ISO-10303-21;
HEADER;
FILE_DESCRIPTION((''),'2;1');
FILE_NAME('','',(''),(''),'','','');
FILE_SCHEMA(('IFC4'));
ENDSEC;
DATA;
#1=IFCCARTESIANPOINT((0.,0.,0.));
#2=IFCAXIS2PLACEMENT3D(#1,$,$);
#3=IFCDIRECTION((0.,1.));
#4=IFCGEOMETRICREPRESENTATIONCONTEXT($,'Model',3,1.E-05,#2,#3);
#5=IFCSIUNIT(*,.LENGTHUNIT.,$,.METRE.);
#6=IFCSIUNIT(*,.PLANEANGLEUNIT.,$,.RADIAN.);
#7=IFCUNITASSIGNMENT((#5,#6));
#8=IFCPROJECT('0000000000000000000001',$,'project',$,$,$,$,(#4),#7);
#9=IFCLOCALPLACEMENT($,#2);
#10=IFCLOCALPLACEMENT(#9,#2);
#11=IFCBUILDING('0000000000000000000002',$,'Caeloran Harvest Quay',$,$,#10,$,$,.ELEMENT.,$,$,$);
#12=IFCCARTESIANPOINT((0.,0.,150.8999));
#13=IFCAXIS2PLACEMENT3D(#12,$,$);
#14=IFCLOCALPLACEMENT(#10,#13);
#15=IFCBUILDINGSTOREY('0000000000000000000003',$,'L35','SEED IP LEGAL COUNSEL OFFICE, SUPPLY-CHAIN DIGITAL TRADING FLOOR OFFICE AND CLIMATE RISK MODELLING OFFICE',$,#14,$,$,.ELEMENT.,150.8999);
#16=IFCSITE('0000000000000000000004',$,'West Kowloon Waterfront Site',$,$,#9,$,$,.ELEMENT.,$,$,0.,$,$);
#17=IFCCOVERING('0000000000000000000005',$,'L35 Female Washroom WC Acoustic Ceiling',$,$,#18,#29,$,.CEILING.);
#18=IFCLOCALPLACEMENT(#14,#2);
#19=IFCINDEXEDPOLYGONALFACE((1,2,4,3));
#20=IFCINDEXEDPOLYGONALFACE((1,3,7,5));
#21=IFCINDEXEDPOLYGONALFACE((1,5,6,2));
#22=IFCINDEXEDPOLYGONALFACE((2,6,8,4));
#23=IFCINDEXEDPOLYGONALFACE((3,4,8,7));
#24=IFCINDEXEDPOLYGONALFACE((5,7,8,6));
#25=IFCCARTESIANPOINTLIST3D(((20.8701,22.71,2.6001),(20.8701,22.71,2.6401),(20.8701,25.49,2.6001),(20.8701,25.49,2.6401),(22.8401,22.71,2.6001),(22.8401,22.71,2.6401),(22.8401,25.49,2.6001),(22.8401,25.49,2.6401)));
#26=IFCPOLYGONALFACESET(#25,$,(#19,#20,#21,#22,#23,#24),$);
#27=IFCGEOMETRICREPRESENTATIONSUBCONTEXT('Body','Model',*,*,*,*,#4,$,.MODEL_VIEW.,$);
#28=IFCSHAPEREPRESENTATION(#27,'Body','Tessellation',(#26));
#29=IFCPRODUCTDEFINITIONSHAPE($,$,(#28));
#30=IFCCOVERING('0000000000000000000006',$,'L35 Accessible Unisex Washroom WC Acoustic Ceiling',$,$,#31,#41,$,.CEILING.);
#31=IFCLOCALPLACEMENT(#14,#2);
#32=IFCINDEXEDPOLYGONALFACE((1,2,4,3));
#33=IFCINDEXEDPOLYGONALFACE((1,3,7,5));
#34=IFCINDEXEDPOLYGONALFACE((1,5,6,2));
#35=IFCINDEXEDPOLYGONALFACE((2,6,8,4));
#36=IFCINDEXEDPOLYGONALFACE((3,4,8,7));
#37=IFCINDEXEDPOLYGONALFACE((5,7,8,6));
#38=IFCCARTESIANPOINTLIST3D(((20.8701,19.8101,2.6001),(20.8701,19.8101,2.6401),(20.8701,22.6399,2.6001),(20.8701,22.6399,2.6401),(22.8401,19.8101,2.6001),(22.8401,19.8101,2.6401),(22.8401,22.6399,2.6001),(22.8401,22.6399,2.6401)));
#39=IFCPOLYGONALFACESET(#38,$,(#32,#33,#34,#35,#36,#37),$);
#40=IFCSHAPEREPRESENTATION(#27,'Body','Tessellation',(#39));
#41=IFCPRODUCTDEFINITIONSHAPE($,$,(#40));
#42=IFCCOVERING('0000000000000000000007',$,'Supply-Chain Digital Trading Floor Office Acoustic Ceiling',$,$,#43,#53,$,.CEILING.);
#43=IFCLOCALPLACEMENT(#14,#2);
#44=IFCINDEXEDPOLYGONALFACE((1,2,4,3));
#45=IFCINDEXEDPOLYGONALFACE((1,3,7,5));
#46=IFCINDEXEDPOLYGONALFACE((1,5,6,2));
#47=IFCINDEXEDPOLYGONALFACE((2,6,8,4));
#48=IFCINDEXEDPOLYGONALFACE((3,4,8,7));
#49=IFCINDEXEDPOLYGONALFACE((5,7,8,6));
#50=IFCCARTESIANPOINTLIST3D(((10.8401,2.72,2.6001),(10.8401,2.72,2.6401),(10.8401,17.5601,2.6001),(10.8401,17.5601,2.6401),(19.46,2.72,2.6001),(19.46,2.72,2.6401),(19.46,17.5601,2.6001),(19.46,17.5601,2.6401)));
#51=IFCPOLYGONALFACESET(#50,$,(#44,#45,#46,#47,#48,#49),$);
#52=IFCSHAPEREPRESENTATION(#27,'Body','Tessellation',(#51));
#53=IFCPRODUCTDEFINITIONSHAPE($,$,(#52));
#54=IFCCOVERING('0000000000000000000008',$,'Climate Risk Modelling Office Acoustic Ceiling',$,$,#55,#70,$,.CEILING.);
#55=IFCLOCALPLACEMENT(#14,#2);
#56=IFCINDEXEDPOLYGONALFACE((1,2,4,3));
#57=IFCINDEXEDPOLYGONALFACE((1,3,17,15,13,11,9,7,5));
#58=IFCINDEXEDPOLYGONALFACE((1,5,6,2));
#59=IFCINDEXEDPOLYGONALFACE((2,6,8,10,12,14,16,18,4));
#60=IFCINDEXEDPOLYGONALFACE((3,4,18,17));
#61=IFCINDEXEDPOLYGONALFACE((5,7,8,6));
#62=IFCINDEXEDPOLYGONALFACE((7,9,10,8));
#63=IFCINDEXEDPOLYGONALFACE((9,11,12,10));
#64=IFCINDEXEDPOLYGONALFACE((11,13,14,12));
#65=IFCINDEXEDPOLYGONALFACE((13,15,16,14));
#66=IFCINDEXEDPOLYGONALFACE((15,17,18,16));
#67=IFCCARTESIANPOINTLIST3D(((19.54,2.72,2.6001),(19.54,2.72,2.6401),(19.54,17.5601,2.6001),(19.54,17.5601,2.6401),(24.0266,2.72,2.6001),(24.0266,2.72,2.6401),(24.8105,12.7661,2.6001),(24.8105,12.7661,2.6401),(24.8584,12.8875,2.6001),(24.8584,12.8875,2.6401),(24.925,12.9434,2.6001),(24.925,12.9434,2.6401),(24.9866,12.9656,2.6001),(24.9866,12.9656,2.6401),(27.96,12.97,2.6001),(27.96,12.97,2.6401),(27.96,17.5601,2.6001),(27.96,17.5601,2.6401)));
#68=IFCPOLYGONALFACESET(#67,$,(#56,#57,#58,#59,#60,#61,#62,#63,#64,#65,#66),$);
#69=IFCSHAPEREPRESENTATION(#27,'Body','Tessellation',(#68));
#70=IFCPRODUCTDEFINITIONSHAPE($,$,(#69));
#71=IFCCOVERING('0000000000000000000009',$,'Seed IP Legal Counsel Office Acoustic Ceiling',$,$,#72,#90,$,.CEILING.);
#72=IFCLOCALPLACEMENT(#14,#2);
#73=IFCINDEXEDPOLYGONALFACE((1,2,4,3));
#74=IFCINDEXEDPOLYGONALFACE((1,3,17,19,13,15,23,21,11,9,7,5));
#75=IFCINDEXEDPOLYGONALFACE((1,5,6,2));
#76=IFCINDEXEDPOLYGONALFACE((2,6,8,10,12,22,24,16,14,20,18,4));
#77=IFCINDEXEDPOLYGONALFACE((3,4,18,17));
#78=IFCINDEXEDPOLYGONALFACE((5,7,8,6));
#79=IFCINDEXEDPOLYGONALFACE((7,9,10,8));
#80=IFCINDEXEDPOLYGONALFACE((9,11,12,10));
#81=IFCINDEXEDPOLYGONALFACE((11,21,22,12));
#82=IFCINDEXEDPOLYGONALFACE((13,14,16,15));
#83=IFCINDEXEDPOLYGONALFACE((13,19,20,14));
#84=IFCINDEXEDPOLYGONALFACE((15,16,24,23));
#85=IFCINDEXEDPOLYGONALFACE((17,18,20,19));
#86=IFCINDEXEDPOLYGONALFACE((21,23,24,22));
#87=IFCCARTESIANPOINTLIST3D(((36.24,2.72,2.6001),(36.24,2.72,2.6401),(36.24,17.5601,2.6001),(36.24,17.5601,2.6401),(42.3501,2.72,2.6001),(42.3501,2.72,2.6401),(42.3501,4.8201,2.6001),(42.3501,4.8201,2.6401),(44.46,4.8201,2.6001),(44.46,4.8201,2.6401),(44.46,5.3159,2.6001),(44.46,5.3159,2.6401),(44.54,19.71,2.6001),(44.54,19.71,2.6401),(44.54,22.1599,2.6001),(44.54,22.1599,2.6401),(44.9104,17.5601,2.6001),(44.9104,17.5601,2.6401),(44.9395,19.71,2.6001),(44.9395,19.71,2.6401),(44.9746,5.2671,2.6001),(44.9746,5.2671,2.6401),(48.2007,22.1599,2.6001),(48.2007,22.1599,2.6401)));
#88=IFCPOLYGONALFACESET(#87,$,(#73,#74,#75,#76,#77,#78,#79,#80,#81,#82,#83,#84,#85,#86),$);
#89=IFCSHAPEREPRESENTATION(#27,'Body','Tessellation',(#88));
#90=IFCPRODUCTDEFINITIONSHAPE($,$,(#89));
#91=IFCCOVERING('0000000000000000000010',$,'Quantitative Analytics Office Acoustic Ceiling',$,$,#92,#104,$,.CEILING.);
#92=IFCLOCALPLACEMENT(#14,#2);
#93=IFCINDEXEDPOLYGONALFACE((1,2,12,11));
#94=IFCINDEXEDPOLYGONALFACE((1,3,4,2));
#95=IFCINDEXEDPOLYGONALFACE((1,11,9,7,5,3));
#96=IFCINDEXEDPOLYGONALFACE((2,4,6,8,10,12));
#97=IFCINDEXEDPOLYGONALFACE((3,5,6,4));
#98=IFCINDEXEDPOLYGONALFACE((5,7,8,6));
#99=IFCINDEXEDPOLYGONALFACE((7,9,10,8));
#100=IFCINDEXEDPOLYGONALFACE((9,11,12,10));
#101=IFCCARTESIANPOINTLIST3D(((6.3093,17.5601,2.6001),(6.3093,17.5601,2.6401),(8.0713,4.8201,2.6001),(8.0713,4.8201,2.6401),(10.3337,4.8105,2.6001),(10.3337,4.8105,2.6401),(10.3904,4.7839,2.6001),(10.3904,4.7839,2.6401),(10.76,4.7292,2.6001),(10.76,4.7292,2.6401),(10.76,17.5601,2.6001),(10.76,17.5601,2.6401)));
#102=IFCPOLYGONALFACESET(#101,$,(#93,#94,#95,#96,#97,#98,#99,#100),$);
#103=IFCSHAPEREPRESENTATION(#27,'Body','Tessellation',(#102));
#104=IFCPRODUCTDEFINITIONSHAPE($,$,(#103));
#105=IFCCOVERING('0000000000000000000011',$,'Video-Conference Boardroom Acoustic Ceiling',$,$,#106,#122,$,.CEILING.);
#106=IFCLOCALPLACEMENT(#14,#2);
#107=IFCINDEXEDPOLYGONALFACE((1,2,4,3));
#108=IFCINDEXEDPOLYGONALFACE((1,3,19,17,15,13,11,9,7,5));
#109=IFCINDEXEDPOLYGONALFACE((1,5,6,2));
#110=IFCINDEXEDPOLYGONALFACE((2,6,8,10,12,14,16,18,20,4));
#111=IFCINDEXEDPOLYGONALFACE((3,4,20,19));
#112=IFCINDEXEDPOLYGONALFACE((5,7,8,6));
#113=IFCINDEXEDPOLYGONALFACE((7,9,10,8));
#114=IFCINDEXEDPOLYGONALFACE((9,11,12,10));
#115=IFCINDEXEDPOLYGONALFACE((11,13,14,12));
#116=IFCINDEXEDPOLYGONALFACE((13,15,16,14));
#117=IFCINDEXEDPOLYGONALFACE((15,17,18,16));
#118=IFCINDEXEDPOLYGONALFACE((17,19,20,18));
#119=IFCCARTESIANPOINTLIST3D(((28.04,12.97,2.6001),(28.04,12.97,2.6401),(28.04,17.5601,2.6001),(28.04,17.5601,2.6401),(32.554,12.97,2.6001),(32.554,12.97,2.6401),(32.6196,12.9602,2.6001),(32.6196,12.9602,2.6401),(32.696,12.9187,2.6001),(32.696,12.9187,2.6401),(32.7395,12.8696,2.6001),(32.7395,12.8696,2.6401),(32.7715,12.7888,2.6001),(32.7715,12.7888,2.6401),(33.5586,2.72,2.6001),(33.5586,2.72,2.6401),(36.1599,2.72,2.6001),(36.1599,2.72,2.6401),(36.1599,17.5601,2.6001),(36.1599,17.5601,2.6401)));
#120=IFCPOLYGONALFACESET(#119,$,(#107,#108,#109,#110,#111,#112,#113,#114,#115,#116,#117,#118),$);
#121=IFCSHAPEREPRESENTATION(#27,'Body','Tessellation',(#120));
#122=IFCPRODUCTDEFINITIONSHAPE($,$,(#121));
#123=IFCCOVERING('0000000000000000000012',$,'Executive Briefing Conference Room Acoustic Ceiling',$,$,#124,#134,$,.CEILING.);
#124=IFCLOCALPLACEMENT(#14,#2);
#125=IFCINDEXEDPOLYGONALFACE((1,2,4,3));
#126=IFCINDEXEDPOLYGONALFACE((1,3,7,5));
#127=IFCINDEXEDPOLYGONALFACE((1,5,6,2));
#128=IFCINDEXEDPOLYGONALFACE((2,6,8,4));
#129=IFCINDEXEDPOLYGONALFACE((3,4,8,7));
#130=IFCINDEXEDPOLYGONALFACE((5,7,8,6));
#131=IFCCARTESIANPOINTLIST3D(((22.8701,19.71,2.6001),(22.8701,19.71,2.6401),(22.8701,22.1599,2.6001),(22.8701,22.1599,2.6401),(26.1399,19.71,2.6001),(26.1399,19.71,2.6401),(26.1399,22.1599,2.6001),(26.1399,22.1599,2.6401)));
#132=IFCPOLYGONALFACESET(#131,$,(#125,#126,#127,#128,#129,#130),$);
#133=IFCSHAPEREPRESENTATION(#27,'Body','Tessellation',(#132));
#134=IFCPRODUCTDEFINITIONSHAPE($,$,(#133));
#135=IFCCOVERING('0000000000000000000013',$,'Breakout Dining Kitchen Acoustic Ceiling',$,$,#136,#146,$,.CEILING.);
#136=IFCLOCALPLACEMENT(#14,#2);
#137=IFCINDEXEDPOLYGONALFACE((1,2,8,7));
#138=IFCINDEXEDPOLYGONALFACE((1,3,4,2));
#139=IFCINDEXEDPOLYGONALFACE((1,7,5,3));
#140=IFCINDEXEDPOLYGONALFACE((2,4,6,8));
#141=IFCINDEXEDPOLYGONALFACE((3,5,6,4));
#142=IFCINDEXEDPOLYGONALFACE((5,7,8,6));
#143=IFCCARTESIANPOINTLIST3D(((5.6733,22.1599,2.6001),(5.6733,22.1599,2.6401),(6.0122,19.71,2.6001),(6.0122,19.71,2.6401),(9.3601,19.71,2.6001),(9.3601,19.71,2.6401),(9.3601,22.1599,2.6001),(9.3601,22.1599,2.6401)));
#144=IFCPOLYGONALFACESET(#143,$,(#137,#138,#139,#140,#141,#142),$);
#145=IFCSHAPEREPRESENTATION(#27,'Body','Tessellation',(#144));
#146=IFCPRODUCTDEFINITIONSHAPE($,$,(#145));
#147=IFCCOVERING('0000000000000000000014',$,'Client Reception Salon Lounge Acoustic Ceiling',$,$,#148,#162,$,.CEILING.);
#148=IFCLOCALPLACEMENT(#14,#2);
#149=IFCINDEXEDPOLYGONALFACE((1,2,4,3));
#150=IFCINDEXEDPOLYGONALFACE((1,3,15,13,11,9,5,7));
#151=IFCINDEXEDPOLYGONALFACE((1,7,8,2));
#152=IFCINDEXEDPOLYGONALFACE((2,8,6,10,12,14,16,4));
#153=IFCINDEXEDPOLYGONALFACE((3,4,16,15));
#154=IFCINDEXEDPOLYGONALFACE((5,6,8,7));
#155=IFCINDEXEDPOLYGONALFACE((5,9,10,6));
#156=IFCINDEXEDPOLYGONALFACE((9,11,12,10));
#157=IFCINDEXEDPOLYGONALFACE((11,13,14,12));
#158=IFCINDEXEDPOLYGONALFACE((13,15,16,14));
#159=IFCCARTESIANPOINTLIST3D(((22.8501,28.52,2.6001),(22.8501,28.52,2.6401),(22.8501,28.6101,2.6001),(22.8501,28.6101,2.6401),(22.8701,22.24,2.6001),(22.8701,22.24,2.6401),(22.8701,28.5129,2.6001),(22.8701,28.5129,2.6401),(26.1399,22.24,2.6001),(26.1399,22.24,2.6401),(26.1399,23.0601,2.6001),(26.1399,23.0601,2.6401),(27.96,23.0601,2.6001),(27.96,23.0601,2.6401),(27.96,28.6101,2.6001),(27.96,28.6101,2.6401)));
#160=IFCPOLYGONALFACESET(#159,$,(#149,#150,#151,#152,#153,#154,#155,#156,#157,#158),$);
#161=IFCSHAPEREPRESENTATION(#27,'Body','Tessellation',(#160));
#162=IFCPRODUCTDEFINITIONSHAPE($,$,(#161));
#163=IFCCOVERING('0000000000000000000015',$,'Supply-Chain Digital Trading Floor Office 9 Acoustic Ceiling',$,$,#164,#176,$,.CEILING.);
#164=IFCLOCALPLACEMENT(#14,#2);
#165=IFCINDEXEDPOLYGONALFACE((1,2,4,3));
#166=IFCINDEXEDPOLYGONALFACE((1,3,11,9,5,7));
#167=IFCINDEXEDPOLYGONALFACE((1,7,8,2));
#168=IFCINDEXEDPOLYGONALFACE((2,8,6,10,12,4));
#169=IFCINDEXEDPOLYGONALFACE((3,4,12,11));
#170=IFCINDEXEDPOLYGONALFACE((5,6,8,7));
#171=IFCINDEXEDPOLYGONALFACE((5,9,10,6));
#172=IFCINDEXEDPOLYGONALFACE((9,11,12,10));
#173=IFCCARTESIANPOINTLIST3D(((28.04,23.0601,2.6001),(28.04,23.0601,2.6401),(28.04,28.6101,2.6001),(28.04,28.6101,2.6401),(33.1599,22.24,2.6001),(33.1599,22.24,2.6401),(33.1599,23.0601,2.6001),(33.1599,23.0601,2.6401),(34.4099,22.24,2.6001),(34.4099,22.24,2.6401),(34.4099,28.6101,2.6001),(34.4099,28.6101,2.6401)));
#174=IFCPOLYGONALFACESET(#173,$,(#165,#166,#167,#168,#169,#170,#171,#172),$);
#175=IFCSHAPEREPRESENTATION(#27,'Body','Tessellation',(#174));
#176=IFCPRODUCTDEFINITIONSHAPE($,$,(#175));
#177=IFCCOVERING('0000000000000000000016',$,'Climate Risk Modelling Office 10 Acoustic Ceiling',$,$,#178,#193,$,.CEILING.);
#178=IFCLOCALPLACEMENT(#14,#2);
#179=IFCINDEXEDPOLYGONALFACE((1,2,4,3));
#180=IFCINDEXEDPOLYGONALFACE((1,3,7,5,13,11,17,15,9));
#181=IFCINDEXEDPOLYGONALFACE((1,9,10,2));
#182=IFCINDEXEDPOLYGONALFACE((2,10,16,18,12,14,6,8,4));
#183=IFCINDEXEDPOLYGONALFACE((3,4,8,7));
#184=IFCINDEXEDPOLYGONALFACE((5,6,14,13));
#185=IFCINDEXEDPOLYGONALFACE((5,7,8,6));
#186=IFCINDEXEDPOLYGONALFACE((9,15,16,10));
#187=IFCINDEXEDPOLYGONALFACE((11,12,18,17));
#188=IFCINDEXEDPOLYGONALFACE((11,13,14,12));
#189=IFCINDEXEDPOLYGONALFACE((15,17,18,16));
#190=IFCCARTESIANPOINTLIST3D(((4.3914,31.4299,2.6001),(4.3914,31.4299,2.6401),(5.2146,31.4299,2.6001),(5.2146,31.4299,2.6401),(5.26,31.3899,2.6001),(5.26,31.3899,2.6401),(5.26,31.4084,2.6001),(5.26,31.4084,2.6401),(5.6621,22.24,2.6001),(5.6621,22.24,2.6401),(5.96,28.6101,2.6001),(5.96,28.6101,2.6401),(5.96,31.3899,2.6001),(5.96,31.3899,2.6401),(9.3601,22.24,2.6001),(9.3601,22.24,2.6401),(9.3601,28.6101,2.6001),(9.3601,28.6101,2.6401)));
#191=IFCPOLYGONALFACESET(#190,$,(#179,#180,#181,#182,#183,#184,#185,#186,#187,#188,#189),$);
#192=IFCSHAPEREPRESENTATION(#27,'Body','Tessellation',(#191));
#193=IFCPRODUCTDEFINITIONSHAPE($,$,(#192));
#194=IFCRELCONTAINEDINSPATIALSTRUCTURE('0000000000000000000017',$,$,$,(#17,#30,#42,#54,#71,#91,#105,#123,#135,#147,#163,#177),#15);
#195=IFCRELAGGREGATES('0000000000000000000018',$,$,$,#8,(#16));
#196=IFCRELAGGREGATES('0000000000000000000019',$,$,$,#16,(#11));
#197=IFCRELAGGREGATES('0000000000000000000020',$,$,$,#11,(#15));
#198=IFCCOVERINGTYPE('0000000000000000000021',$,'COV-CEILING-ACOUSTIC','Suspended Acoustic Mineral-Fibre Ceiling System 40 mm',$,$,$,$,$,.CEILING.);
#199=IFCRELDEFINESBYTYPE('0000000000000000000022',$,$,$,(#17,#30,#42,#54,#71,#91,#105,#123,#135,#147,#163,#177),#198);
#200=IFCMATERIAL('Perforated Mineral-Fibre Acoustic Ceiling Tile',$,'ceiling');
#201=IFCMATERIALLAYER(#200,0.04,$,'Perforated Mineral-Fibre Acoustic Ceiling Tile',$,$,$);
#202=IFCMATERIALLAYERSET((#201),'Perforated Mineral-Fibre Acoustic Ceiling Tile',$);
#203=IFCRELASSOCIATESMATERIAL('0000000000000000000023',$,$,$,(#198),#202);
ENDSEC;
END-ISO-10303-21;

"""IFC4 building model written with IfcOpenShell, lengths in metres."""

from ifc_helpers import new_model, si_unit, direction, frame, origin, place, context, subcontext, project, spatial, polyline, outline, extrude, material, layer, layer_set, type_object, element, save


model = new_model("IFC4")

# Units and contexts
model_context = context("Model", 3, precision=1e-05, world=origin(), true_north=direction((0.0, 1.0)))
body_context = subcontext(model_context, "Body", "Model", "MODEL_VIEW")
ifc_project = project(units=[si_unit("LENGTHUNIT", "METRE"), si_unit("PLANEANGLEUNIT", "RADIAN")], contexts=[model_context])

# Site, building, storey
site_placement = place(None, origin())
site = spatial("IfcSite", under=ifc_project, at=site_placement, Name="West Kowloon Waterfront Site", CompositionType="ELEMENT", RefElevation=0.0)
building_placement = place(site_placement, origin())
building = spatial("IfcBuilding", under=site, at=building_placement, Name="Caeloran Harvest Quay", CompositionType="ELEMENT")
storey_placement = place(building_placement, frame((0.0, 0.0, 150.8999)))
storey = spatial("IfcBuildingStorey", under=building, at=storey_placement, Name="L35", Description="SEED IP LEGAL COUNSEL OFFICE, SUPPLY-CHAIN DIGITAL TRADING FLOOR OFFICE AND CLIMATE RISK MODELLING OFFICE", CompositionType="ELEMENT", Elevation=150.8999)

# Coverings
ifc_material_1 = material(Name="Perforated Mineral-Fibre Acoustic Ceiling Tile", Category="ceiling")
ifc_layer_1 = layer(ifc_material_1, 0.04, Name="Perforated Mineral-Fibre Acoustic Ceiling Tile")
ifc_layer_set_1 = layer_set([ifc_layer_1], Name="Perforated Mineral-Fibre Acoustic Ceiling Tile")
covering_type_1 = type_object("IfcCoveringType", Name="COV-CEILING-ACOUSTIC", Description="Suspended Acoustic Mineral-Fibre Ceiling System 40 mm", PredefinedType="CEILING", material=ifc_layer_set_1)
covering_1_placement = place(storey_placement, frame((0.0, 0.0, 2.6001)))
element("IfcCovering", 1, at=covering_1_placement, inside=storey, type_object=covering_type_1, Name="L35 Female Washroom WC Acoustic Ceiling", PredefinedType="CEILING", context=body_context, shape_type="SweptSolid", body=[
    extrude(outline(polyline([(22.8401, 22.71), (20.8701, 22.71), (20.8701, 25.49), (22.8401, 25.49), (22.8401, 22.71)])), origin(), (0.0, 0.0, 1.0), 0.04),
])
covering_2_placement = place(storey_placement, frame((0.0, 0.0, 2.6001)))
element("IfcCovering", 2, at=covering_2_placement, inside=storey, type_object=covering_type_1, Name="L35 Accessible Unisex Washroom WC Acoustic Ceiling", PredefinedType="CEILING", context=body_context, shape_type="SweptSolid", body=[
    extrude(outline(polyline([(22.8401, 19.8101), (20.8701, 19.8101), (20.8701, 22.6399), (22.8401, 22.6399), (22.8401, 19.8101)])), origin(), (0.0, 0.0, 1.0), 0.04),
])
covering_3_placement = place(storey_placement, frame((0.0, 0.0, 2.6001)))
element("IfcCovering", 3, at=covering_3_placement, inside=storey, type_object=covering_type_1, Name="Supply-Chain Digital Trading Floor Office Acoustic Ceiling", PredefinedType="CEILING", context=body_context, shape_type="SweptSolid", body=[
    extrude(outline(polyline([(19.46, 2.72), (10.8401, 2.72), (10.8401, 17.5601), (19.46, 17.5601), (19.46, 2.72)])), origin(), (0.0, 0.0, 1.0), 0.04),
])
covering_4_placement = place(storey_placement, frame((0.0, 0.0, 2.6001)))
element("IfcCovering", 4, at=covering_4_placement, inside=storey, type_object=covering_type_1, Name="Climate Risk Modelling Office Acoustic Ceiling", PredefinedType="CEILING", context=body_context, shape_type="SweptSolid", body=[
    extrude(outline(polyline([(24.9866, 12.9656), (24.925, 12.9434), (24.8584, 12.8875), (24.8105, 12.7661), (24.0266, 2.72), (19.54, 2.72), (19.54, 17.5601), (27.96, 17.5601), (27.96, 12.97), (24.9866, 12.9656)])), origin(), (0.0, 0.0, 1.0), 0.04),
])
covering_5_placement = place(storey_placement, frame((0.0, 0.0, 2.6001)))
element("IfcCovering", 5, at=covering_5_placement, inside=storey, type_object=covering_type_1, Name="Seed IP Legal Counsel Office Acoustic Ceiling", PredefinedType="CEILING", context=body_context, shape_type="SweptSolid", body=[
    extrude(outline(polyline([(44.54, 19.71), (44.54, 22.1599), (48.2007, 22.1599), (44.9746, 5.2671), (44.46, 5.3159), (44.46, 4.8201), (42.3501, 4.8201), (42.3501, 2.72), (36.24, 2.72), (36.24, 17.5601), (44.9104, 17.5601), (44.9395, 19.71), (44.54, 19.71)])), origin(), (0.0, 0.0, 1.0), 0.04),
])
covering_6_placement = place(storey_placement, frame((0.0, 0.0, 2.6001)))
element("IfcCovering", 6, at=covering_6_placement, inside=storey, type_object=covering_type_1, Name="Quantitative Analytics Office Acoustic Ceiling", PredefinedType="CEILING", context=body_context, shape_type="SweptSolid", body=[
    extrude(outline(polyline([(10.3337, 4.8105), (8.0713, 4.8201), (6.3093, 17.5601), (10.76, 17.5601), (10.76, 4.7292), (10.3904, 4.7839), (10.3337, 4.8105)])), origin(), (0.0, 0.0, 1.0), 0.04),
])
covering_7_placement = place(storey_placement, frame((0.0, 0.0, 2.6001)))
element("IfcCovering", 7, at=covering_7_placement, inside=storey, type_object=covering_type_1, Name="Video-Conference Boardroom Acoustic Ceiling", PredefinedType="CEILING", context=body_context, shape_type="SweptSolid", body=[
    extrude(outline(polyline([(32.7715, 12.7888), (32.7395, 12.8696), (32.696, 12.9187), (32.6196, 12.9602), (32.554, 12.97), (28.04, 12.97), (28.04, 17.5601), (36.1599, 17.5601), (36.1599, 2.72), (33.5586, 2.72), (32.7715, 12.7888)])), origin(), (0.0, 0.0, 1.0), 0.04),
])
covering_8_placement = place(storey_placement, frame((0.0, 0.0, 2.6001)))
element("IfcCovering", 8, at=covering_8_placement, inside=storey, type_object=covering_type_1, Name="Executive Briefing Conference Room Acoustic Ceiling", PredefinedType="CEILING", context=body_context, shape_type="SweptSolid", body=[
    extrude(outline(polyline([(26.1399, 22.1599), (26.1399, 19.71), (22.8701, 19.71), (22.8701, 22.1599), (26.1399, 22.1599)])), origin(), (0.0, 0.0, 1.0), 0.04),
])
covering_9_placement = place(storey_placement, frame((0.0, 0.0, 2.6001)))
element("IfcCovering", 9, at=covering_9_placement, inside=storey, type_object=covering_type_1, Name="Breakout Dining Kitchen Acoustic Ceiling", PredefinedType="CEILING", context=body_context, shape_type="SweptSolid", body=[
    extrude(outline(polyline([(5.6733, 22.1599), (9.3601, 22.1599), (9.3601, 19.71), (6.0122, 19.71), (5.6733, 22.1599)])), origin(), (0.0, 0.0, 1.0), 0.04),
])
covering_10_placement = place(storey_placement, frame((0.0, 0.0, 2.6001)))
element("IfcCovering", 10, at=covering_10_placement, inside=storey, type_object=covering_type_1, Name="Client Reception Salon Lounge Acoustic Ceiling", PredefinedType="CEILING", context=body_context, shape_type="SweptSolid", body=[
    extrude(outline(polyline([(22.8701, 28.5129), (22.8501, 28.52), (22.8501, 28.6101), (27.96, 28.6101), (27.96, 23.0601), (26.1399, 23.0601), (26.1399, 22.24), (22.8701, 22.24), (22.8701, 28.5129)])), origin(), (0.0, 0.0, 1.0), 0.04),
])
covering_11_placement = place(storey_placement, frame((0.0, 0.0, 2.6001)))
element("IfcCovering", 11, at=covering_11_placement, inside=storey, type_object=covering_type_1, Name="Supply-Chain Digital Trading Floor Office 9 Acoustic Ceiling", PredefinedType="CEILING", context=body_context, shape_type="SweptSolid", body=[
    extrude(outline(polyline([(33.1599, 23.0601), (28.04, 23.0601), (28.04, 28.6101), (34.4099, 28.6101), (34.4099, 22.24), (33.1599, 22.24), (33.1599, 23.0601)])), origin(), (0.0, 0.0, 1.0), 0.04),
])
covering_12_placement = place(storey_placement, frame((0.0, 0.0, 2.6001)))
element("IfcCovering", 12, at=covering_12_placement, inside=storey, type_object=covering_type_1, Name="Climate Risk Modelling Office 10 Acoustic Ceiling", PredefinedType="CEILING", context=body_context, shape_type="SweptSolid", body=[
    extrude(outline(polyline([(5.96, 31.3899), (5.96, 28.6101), (9.3601, 28.6101), (9.3601, 22.24), (5.6621, 22.24), (4.3914, 31.4299), (5.2146, 31.4299), (5.26, 31.4084), (5.26, 31.3899), (5.96, 31.3899)])), origin(), (0.0, 0.0, 1.0), 0.04),
])

save(model, "model.ifc")
